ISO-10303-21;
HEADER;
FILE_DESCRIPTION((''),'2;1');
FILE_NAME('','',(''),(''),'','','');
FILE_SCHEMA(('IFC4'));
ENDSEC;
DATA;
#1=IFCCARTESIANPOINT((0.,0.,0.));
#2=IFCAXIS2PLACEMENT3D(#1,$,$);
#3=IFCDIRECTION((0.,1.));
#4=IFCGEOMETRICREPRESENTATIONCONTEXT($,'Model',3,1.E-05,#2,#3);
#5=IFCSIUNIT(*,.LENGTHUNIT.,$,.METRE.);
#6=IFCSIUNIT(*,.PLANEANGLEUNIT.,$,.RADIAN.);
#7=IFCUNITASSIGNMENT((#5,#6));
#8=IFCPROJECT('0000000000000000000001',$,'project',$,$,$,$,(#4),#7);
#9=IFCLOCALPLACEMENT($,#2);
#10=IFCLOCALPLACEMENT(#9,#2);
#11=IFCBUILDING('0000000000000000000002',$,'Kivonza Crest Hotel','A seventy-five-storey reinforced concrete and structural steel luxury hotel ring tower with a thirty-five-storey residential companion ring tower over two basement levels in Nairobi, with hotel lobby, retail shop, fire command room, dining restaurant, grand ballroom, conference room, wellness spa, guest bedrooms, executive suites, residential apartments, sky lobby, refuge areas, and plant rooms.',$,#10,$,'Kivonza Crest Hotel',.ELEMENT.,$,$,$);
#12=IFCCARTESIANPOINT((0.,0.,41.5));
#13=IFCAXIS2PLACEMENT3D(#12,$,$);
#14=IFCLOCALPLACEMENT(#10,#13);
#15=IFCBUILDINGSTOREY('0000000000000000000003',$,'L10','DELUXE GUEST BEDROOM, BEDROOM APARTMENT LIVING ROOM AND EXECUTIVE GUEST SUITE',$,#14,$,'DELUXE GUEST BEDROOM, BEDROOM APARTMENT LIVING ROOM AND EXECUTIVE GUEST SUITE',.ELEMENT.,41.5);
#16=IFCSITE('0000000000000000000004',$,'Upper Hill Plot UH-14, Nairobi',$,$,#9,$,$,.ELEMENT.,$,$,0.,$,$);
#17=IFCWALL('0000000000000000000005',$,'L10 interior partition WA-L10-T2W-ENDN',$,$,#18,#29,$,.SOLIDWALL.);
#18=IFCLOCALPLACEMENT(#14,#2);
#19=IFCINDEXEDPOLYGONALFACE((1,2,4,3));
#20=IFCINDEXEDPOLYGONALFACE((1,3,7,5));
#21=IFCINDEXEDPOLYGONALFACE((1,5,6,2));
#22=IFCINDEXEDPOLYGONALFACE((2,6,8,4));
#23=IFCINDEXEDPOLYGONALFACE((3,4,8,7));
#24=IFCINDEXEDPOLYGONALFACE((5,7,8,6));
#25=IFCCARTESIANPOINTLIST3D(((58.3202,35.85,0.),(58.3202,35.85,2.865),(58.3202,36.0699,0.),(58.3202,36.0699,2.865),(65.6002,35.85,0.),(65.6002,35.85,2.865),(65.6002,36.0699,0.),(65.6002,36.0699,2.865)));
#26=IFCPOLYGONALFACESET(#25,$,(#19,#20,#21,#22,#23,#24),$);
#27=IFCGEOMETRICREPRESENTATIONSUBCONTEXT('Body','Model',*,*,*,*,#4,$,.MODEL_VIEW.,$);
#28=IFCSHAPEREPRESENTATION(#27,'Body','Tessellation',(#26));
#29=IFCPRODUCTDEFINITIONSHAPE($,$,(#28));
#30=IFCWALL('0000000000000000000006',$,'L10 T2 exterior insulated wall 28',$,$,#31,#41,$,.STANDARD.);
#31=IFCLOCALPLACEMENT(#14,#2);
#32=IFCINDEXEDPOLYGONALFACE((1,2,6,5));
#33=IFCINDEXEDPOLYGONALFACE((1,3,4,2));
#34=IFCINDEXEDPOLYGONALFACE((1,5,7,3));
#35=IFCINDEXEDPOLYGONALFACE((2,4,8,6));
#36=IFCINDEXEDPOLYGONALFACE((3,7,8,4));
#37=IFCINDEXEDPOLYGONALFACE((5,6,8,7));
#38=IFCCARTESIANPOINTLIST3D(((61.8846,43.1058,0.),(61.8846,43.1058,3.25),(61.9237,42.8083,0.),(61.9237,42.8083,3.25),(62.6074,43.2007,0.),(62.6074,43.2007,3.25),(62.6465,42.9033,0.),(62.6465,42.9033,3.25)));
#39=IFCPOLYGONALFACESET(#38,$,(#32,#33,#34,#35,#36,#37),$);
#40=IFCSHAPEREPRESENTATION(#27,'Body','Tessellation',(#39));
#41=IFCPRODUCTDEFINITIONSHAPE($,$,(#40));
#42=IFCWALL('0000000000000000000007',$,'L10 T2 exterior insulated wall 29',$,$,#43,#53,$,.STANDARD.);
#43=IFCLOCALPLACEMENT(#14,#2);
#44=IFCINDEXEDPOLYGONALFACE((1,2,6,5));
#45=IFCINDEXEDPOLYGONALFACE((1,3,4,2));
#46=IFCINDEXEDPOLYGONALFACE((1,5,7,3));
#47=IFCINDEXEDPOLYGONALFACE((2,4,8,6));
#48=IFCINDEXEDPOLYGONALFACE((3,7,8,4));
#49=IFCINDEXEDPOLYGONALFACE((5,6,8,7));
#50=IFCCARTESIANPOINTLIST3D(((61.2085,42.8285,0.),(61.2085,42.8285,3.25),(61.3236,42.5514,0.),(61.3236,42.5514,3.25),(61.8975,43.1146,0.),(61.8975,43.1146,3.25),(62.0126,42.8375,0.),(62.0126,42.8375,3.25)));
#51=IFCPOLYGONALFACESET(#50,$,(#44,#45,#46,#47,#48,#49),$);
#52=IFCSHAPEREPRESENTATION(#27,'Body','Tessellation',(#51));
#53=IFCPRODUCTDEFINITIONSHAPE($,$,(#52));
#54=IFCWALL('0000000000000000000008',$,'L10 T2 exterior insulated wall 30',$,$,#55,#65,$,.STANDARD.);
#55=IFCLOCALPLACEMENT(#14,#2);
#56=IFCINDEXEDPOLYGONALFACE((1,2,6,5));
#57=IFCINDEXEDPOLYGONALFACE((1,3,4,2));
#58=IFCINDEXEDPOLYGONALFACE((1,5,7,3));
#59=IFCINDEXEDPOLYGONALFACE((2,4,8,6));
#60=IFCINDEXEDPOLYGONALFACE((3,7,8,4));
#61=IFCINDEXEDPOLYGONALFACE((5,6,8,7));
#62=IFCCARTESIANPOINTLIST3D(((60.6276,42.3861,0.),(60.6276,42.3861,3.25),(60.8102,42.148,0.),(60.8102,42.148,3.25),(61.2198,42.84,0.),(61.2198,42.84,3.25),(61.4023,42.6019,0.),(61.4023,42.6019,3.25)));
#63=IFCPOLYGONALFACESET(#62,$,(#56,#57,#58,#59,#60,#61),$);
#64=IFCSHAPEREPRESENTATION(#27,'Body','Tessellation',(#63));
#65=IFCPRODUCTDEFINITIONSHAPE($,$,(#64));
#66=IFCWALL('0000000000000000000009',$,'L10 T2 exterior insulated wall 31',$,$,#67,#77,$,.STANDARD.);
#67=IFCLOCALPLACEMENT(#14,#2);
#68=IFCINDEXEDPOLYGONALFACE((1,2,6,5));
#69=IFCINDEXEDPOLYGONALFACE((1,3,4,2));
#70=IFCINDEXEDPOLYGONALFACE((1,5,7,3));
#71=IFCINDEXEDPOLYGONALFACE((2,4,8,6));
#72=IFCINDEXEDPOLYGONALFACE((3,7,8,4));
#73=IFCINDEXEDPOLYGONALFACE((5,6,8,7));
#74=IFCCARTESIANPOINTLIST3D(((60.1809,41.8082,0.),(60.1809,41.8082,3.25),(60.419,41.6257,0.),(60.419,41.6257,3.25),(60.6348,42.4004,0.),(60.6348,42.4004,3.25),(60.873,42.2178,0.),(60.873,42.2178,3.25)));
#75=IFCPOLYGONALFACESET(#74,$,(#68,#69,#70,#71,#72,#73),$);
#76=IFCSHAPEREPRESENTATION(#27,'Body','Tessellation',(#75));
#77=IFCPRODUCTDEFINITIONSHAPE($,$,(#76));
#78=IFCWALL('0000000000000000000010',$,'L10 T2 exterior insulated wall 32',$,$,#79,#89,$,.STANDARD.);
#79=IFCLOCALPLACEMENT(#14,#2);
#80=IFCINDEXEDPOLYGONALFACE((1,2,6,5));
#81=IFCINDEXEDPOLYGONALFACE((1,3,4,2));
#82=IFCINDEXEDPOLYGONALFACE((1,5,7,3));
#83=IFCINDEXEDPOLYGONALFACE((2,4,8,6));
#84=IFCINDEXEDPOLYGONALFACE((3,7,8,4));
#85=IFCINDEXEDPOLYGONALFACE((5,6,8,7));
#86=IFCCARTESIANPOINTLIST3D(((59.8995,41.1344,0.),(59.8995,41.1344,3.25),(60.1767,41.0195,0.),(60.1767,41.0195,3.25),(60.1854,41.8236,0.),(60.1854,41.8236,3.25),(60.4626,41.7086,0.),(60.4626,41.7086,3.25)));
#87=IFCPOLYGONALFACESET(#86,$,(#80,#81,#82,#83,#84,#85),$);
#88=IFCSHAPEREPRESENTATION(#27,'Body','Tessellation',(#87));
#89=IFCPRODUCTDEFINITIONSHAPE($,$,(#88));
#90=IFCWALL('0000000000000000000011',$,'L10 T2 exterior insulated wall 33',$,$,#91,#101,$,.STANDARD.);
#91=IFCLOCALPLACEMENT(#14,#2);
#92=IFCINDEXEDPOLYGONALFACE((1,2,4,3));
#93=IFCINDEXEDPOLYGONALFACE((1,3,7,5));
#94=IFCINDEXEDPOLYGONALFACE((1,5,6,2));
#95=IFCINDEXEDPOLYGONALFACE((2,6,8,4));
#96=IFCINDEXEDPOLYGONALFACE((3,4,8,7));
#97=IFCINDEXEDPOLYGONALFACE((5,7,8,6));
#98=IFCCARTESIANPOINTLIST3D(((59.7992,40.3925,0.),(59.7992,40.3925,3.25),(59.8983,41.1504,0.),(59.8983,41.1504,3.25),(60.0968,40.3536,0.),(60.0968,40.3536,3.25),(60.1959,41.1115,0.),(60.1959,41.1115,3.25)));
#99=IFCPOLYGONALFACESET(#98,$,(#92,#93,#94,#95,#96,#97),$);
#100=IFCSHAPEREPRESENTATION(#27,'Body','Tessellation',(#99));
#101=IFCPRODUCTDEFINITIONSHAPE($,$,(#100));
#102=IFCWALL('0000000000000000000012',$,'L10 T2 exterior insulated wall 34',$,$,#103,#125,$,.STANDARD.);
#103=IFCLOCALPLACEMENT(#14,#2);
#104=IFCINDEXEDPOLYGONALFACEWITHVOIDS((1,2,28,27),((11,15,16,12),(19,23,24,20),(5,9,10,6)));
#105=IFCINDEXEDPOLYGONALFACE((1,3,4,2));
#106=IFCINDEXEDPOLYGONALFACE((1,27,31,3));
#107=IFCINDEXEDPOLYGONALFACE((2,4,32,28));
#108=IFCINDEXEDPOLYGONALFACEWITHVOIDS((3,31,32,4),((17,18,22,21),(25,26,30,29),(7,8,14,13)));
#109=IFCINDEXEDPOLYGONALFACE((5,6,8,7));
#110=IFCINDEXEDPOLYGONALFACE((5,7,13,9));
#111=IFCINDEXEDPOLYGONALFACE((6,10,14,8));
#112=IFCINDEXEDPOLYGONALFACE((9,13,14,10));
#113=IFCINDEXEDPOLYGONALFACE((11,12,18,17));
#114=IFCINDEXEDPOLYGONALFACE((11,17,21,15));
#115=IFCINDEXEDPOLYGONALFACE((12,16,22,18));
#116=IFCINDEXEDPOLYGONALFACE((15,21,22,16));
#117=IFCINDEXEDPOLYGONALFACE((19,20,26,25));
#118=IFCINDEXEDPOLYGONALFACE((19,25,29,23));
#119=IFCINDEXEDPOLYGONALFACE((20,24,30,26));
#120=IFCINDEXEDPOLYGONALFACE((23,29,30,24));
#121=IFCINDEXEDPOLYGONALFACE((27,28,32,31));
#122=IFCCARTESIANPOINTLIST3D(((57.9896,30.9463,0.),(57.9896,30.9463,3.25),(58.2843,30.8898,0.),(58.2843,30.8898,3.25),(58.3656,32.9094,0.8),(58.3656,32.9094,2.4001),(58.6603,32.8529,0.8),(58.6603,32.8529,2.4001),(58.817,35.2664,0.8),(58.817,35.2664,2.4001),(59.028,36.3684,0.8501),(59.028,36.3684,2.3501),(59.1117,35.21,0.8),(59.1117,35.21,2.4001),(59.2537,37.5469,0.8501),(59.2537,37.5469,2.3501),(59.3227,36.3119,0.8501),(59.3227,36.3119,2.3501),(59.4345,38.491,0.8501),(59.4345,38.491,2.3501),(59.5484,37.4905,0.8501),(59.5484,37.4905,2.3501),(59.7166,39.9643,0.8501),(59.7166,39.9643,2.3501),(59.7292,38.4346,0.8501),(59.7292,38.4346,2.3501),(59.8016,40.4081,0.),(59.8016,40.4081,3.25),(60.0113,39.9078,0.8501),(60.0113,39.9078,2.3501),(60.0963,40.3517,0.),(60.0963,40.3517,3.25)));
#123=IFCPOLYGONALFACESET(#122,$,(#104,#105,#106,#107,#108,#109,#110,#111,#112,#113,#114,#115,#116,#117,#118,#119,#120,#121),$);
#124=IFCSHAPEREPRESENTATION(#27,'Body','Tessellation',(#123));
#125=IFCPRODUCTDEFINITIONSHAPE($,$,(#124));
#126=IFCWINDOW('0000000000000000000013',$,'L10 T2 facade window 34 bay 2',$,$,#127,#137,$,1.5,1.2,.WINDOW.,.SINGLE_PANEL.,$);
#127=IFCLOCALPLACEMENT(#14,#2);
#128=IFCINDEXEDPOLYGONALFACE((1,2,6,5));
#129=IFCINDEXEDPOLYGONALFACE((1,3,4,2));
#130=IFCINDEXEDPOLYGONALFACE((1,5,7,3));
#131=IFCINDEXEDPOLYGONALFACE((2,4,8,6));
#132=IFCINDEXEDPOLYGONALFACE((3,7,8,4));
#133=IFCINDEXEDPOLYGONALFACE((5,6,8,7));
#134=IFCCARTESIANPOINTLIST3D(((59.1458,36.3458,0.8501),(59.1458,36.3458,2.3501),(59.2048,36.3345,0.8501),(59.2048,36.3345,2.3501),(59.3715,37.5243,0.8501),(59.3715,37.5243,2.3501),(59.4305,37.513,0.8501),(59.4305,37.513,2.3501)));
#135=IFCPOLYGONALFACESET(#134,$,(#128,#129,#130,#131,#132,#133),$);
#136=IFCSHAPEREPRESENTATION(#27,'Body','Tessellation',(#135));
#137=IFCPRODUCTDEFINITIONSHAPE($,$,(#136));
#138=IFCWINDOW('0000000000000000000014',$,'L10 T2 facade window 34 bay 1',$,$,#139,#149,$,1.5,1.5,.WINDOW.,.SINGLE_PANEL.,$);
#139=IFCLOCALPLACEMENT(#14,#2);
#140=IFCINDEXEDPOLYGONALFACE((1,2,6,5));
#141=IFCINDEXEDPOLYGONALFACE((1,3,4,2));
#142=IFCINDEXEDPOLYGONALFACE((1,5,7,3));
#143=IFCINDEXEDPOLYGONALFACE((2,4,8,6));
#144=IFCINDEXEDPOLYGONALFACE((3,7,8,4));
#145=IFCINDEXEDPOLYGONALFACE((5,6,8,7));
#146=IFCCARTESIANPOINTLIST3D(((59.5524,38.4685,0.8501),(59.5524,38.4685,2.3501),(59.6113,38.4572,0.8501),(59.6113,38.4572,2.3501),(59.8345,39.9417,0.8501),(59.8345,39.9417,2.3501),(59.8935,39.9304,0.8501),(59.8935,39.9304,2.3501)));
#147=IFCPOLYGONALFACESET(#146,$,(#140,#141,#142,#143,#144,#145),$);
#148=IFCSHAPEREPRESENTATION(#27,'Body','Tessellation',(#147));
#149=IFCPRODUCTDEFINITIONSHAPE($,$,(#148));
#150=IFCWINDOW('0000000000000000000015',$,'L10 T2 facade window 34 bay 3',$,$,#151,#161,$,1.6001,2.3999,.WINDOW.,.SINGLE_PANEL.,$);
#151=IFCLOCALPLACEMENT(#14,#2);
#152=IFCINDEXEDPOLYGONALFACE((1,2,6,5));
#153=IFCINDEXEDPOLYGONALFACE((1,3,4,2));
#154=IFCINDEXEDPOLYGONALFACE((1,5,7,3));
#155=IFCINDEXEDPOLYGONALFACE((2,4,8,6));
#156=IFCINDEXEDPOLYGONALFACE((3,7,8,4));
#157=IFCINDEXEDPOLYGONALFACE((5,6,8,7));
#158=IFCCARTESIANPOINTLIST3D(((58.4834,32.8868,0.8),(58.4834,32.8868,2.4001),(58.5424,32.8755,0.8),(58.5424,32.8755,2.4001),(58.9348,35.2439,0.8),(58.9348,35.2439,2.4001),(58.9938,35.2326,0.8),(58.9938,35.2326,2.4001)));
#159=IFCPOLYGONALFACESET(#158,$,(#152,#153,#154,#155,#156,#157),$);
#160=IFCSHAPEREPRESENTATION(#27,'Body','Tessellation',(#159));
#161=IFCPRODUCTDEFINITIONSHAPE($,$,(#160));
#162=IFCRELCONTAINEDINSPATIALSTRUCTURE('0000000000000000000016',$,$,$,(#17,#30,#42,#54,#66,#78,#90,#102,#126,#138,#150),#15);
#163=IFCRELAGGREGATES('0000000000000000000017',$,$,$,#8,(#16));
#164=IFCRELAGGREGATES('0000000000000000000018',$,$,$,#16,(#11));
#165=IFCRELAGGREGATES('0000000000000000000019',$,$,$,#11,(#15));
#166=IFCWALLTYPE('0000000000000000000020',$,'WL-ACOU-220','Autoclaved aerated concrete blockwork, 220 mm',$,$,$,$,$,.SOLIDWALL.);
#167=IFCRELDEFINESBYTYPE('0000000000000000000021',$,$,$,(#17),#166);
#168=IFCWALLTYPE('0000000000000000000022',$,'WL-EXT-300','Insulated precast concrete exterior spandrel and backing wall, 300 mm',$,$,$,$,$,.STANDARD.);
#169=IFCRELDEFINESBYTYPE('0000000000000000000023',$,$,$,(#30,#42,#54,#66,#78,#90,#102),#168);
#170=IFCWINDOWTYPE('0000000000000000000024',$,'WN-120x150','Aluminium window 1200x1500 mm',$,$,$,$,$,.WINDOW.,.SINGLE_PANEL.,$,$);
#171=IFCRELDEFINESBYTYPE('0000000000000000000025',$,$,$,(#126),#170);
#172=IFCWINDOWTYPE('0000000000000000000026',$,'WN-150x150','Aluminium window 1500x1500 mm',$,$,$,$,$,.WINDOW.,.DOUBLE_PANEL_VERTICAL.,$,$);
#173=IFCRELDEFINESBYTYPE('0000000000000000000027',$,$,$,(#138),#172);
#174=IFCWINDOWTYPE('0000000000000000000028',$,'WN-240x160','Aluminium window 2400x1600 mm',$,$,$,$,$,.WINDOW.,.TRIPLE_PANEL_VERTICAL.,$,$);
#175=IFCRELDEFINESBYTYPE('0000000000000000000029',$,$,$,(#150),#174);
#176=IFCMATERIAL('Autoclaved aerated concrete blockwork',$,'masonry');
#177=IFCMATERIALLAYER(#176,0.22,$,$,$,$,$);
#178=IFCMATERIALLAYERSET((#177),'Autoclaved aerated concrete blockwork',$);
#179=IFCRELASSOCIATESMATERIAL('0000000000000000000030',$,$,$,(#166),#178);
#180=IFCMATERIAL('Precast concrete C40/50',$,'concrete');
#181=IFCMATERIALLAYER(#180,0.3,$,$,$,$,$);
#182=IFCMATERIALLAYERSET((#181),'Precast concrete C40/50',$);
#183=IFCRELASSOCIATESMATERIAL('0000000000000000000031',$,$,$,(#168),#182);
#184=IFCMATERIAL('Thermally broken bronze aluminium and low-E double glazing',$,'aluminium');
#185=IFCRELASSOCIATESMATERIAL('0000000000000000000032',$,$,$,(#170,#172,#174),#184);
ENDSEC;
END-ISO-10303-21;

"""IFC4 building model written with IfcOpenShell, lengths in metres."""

from ifc_helpers import new_model, si_unit, direction, frame, frame_2d, origin, place, context, subcontext, project, spatial, rectangle, extrude, material, layer, layer_set, type_object, element, fill, save


model = new_model("IFC4")

# Units and contexts
model_context = context("Model", 3, precision=1e-05, world=origin(), true_north=direction((0.0, 1.0)))
body_context = subcontext(model_context, "Body", "Model", "MODEL_VIEW")
ifc_project = project(units=[si_unit("LENGTHUNIT", "METRE"), si_unit("PLANEANGLEUNIT", "RADIAN")], contexts=[model_context])

# Site, building, storey
site_placement = place(None, origin())
site = spatial("IfcSite", under=ifc_project, at=site_placement, Name="Upper Hill Plot UH-14, Nairobi", CompositionType="ELEMENT", RefElevation=0.0)
building_placement = place(site_placement, origin())
building = spatial("IfcBuilding", under=site, at=building_placement, Name="Kivonza Crest Hotel", Description="A seventy-five-storey reinforced concrete and structural steel luxury hotel ring tower with a thirty-five-storey residential companion ring tower over two basement levels in Nairobi, with hotel lobby, retail shop, fire command room, dining restaurant, grand ballroom, conference room, wellness spa, guest bedrooms, executive suites, residential apartments, sky lobby, refuge areas, and plant rooms.", LongName="Kivonza Crest Hotel", CompositionType="ELEMENT")
storey_placement = place(building_placement, frame((0.0, 0.0, 41.5)))
storey = spatial("IfcBuildingStorey", under=building, at=storey_placement, Name="L10", Description="DELUXE GUEST BEDROOM, BEDROOM APARTMENT LIVING ROOM AND EXECUTIVE GUEST SUITE", LongName="DELUXE GUEST BEDROOM, BEDROOM APARTMENT LIVING ROOM AND EXECUTIVE GUEST SUITE", CompositionType="ELEMENT", Elevation=41.5)

# Walls
ifc_material_1 = material(Name="Autoclaved aerated concrete blockwork", Category="masonry")
ifc_layer_1 = layer(ifc_material_1, 0.22)
ifc_layer_set_1 = layer_set([ifc_layer_1], Name="Autoclaved aerated concrete blockwork")
wall_type_1 = type_object("IfcWallType", Name="WL-ACOU-220", Description="Autoclaved aerated concrete blockwork, 220 mm", PredefinedType="SOLIDWALL", material=ifc_layer_set_1)
wall_1_placement = place(storey_placement, frame((58.3201, 35.96, 0.0), z_axis=(0.0, 0.0, 1.0), x_axis=(1.0, 0.0, 0.0)))
element("IfcWall", 1, at=wall_1_placement, inside=storey, type_object=wall_type_1, Name="L10 interior partition WA-L10-T2W-ENDN", PredefinedType="SOLIDWALL", context=body_context, shape_type="SweptSolid", body=[
    extrude(rectangle(XDim=7.28, YDim=0.22, at=frame_2d((3.6401, 0.0))), origin(), (0.0, 0.0, 1.0), 2.865),
])
ifc_material_2 = material(Name="Precast concrete C40/50", Category="concrete")
ifc_layer_2 = layer(ifc_material_2, 0.3)
ifc_layer_set_2 = layer_set([ifc_layer_2], Name="Precast concrete C40/50")
wall_type_2 = type_object("IfcWallType", Name="WL-EXT-300", Description="Insulated precast concrete exterior spandrel and backing wall, 300 mm", PredefinedType="STANDARD", material=ifc_layer_set_2)
wall_2_placement = place(storey_placement, frame((62.627, 43.052, 0.0), z_axis=(0.0, 0.0, 1.0), x_axis=(-0.99148, -0.130255, 0.0)))
element("IfcWall", 2, at=wall_2_placement, inside=storey, type_object=wall_type_2, Name="L10 T2 exterior insulated wall 28", PredefinedType="STANDARD", context=body_context, shape_type="SweptSolid", body=[
    extrude(rectangle(XDim=0.729, YDim=0.3, at=frame_2d((0.3645, 0.0))), origin(), (0.0, 0.0, 1.0), 3.25),
])
for number, where, z_axis, x_axis, name in (
    (3, (61.9551, 42.9761, 0.0), (0.0, 0.0, 1.0), (-0.923522, -0.383546, 0.0), "L10 T2 exterior insulated wall 29"),
    (4, (61.311, 42.7209, 0.0), (0.0, 0.0, 1.0), (-0.793633, -0.608397, 0.0), "L10 T2 exterior insulated wall 30"),
    (5, (60.7539, 42.3091, 0.0), (0.0, 0.0, 1.0), (-0.608397, -0.793633, 0.0), "L10 T2 exterior insulated wall 31"),
    (6, (60.324, 41.7661, 0.0), (0.0, 0.0, 1.0), (-0.383151, -0.923686, 0.0), "L10 T2 exterior insulated wall 32"),
):
    element("IfcWall", number, at=place(storey_placement, frame(where, z_axis=z_axis, x_axis=x_axis)), inside=storey, type_object=wall_type_2, Name=name, PredefinedType="STANDARD", context=body_context, shape_type="SweptSolid", body=[
        extrude(rectangle(XDim=0.7461, YDim=0.3, at=frame_2d((0.373, 0.0))), origin(), (0.0, 0.0, 1.0), 3.25),
    ])
wall_3_placement = place(storey_placement, frame((60.0471, 41.1311, 0.0), z_axis=(0.0, 0.0, 1.0), x_axis=(-0.129653, -0.991559, 0.0)))
element("IfcWall", 7, at=wall_3_placement, inside=storey, type_object=wall_type_2, Name="L10 T2 exterior insulated wall 33", PredefinedType="STANDARD", context=body_context, shape_type="SweptSolid", body=[
    extrude(rectangle(XDim=0.7644, YDim=0.3, at=frame_2d((0.3823, 0.0))), origin(), (0.0, 0.0, 1.0), 3.25),
])

# Wall, openings, windows
wall_4_placement = place(storey_placement, frame((59.949, 40.3799, 0.0), z_axis=(0.0, 0.0, 1.0), x_axis=(-0.188088, -0.982152, 0.0)))
wall_4 = element("IfcWall", 8, at=wall_4_placement, inside=storey, type_object=wall_type_2, Name="L10 T2 exterior insulated wall 34", PredefinedType="STANDARD", context=body_context, shape_type="SweptSolid", body=[
    extrude(rectangle(XDim=9.6338, YDim=0.3, at=frame_2d((4.8169, 0.0))), origin(), (0.0, 0.0, 1.0), 3.25),
])
opening_1_placement = place(wall_4_placement, frame((0.4519, 0.0, 0.8501)))
opening_1 = element("IfcOpeningElement", 9, at=opening_1_placement, cuts=wall_4, PredefinedType="OPENING", context=body_context, shape_type="SweptSolid", body=[
    extrude(rectangle(XDim=1.5, YDim=1.5, at=frame_2d((0.75, 0.75))), frame((0.0, 0.1602, 0.0), z_axis=(0.0, -1.0, 0.0), x_axis=(1.0, 0.0, 0.0)), (0.0, 0.0, 1.0), 0.3201),
])
opening_2_placement = place(wall_4_placement, frame((2.9131, 0.0, 0.8501)))
opening_2 = element("IfcOpeningElement", 10, at=opening_2_placement, cuts=wall_4, PredefinedType="OPENING", context=body_context, shape_type="SweptSolid", body=[
    extrude(rectangle(XDim=1.2, YDim=1.5, at=frame_2d((0.6001, 0.75))), frame((0.0, 0.1602, 0.0), z_axis=(0.0, -1.0, 0.0), x_axis=(1.0, 0.0, 0.0)), (0.0, 0.0, 1.0), 0.3201),
])
opening_3_placement = place(wall_4_placement, frame((5.2351, 0.0, 0.8)))
opening_3 = element("IfcOpeningElement", 11, at=opening_3_placement, cuts=wall_4, PredefinedType="OPENING", context=body_context, shape_type="SweptSolid", body=[
    extrude(rectangle(XDim=2.3999, YDim=1.6001, at=frame_2d((1.2, 0.8))), frame((0.0, 0.1602, 0.0), z_axis=(0.0, -1.0, 0.0), x_axis=(1.0, 0.0, 0.0)), (0.0, 0.0, 1.0), 0.3201),
])
ifc_material_3 = material(Name="Thermally broken bronze aluminium and low-E double glazing", Category="aluminium")
window_type_1 = type_object("IfcWindowType", Name="WN-120x150", Description="Aluminium window 1200x1500 mm", PartitioningType="SINGLE_PANEL", PredefinedType="WINDOW", material=ifc_material_3)
window_1_placement = place(opening_2_placement, origin())
window_1 = element("IfcWindow", 12, at=window_1_placement, inside=storey, type_object=window_type_1, Name="L10 T2 facade window 34 bay 2", OverallHeight=1.5, OverallWidth=1.2, PartitioningType="SINGLE_PANEL", PredefinedType="WINDOW", context=body_context, shape_type="SweptSolid", body=[
    extrude(rectangle(XDim=1.2, YDim=1.5, at=frame_2d((0.6001, 0.75))), frame((0.0, 0.03, 0.0), z_axis=(0.0, -1.0, 0.0), x_axis=(1.0, 0.0, 0.0)), (0.0, 0.0, 1.0), 0.0601),
])
fill(opening_2, window_1)
window_type_2 = type_object("IfcWindowType", Name="WN-150x150", Description="Aluminium window 1500x1500 mm", PartitioningType="DOUBLE_PANEL_VERTICAL", PredefinedType="WINDOW", material=ifc_material_3)
window_2_placement = place(opening_1_placement, origin())
window_2 = element("IfcWindow", 13, at=window_2_placement, inside=storey, type_object=window_type_2, Name="L10 T2 facade window 34 bay 1", OverallHeight=1.5, OverallWidth=1.5, PartitioningType="SINGLE_PANEL", PredefinedType="WINDOW", context=body_context, shape_type="SweptSolid", body=[
    extrude(rectangle(XDim=1.5, YDim=1.5, at=frame_2d((0.75, 0.75))), frame((0.0, 0.03, 0.0), z_axis=(0.0, -1.0, 0.0), x_axis=(1.0, 0.0, 0.0)), (0.0, 0.0, 1.0), 0.0601),
])
fill(opening_1, window_2)
window_type_3 = type_object("IfcWindowType", Name="WN-240x160", Description="Aluminium window 2400x1600 mm", PartitioningType="TRIPLE_PANEL_VERTICAL", PredefinedType="WINDOW", material=ifc_material_3)
window_3_placement = place(opening_3_placement, origin())
window_3 = element("IfcWindow", 14, at=window_3_placement, inside=storey, type_object=window_type_3, Name="L10 T2 facade window 34 bay 3", OverallHeight=1.6001, OverallWidth=2.3999, PartitioningType="SINGLE_PANEL", PredefinedType="WINDOW", context=body_context, shape_type="SweptSolid", body=[
    extrude(rectangle(XDim=2.3999, YDim=1.6001, at=frame_2d((1.2, 0.8))), frame((0.0, 0.03, 0.0), z_axis=(0.0, -1.0, 0.0), x_axis=(1.0, 0.0, 0.0)), (0.0, 0.0, 1.0), 0.0601),
])
fill(opening_3, window_3)

save(model, "model.ifc")
